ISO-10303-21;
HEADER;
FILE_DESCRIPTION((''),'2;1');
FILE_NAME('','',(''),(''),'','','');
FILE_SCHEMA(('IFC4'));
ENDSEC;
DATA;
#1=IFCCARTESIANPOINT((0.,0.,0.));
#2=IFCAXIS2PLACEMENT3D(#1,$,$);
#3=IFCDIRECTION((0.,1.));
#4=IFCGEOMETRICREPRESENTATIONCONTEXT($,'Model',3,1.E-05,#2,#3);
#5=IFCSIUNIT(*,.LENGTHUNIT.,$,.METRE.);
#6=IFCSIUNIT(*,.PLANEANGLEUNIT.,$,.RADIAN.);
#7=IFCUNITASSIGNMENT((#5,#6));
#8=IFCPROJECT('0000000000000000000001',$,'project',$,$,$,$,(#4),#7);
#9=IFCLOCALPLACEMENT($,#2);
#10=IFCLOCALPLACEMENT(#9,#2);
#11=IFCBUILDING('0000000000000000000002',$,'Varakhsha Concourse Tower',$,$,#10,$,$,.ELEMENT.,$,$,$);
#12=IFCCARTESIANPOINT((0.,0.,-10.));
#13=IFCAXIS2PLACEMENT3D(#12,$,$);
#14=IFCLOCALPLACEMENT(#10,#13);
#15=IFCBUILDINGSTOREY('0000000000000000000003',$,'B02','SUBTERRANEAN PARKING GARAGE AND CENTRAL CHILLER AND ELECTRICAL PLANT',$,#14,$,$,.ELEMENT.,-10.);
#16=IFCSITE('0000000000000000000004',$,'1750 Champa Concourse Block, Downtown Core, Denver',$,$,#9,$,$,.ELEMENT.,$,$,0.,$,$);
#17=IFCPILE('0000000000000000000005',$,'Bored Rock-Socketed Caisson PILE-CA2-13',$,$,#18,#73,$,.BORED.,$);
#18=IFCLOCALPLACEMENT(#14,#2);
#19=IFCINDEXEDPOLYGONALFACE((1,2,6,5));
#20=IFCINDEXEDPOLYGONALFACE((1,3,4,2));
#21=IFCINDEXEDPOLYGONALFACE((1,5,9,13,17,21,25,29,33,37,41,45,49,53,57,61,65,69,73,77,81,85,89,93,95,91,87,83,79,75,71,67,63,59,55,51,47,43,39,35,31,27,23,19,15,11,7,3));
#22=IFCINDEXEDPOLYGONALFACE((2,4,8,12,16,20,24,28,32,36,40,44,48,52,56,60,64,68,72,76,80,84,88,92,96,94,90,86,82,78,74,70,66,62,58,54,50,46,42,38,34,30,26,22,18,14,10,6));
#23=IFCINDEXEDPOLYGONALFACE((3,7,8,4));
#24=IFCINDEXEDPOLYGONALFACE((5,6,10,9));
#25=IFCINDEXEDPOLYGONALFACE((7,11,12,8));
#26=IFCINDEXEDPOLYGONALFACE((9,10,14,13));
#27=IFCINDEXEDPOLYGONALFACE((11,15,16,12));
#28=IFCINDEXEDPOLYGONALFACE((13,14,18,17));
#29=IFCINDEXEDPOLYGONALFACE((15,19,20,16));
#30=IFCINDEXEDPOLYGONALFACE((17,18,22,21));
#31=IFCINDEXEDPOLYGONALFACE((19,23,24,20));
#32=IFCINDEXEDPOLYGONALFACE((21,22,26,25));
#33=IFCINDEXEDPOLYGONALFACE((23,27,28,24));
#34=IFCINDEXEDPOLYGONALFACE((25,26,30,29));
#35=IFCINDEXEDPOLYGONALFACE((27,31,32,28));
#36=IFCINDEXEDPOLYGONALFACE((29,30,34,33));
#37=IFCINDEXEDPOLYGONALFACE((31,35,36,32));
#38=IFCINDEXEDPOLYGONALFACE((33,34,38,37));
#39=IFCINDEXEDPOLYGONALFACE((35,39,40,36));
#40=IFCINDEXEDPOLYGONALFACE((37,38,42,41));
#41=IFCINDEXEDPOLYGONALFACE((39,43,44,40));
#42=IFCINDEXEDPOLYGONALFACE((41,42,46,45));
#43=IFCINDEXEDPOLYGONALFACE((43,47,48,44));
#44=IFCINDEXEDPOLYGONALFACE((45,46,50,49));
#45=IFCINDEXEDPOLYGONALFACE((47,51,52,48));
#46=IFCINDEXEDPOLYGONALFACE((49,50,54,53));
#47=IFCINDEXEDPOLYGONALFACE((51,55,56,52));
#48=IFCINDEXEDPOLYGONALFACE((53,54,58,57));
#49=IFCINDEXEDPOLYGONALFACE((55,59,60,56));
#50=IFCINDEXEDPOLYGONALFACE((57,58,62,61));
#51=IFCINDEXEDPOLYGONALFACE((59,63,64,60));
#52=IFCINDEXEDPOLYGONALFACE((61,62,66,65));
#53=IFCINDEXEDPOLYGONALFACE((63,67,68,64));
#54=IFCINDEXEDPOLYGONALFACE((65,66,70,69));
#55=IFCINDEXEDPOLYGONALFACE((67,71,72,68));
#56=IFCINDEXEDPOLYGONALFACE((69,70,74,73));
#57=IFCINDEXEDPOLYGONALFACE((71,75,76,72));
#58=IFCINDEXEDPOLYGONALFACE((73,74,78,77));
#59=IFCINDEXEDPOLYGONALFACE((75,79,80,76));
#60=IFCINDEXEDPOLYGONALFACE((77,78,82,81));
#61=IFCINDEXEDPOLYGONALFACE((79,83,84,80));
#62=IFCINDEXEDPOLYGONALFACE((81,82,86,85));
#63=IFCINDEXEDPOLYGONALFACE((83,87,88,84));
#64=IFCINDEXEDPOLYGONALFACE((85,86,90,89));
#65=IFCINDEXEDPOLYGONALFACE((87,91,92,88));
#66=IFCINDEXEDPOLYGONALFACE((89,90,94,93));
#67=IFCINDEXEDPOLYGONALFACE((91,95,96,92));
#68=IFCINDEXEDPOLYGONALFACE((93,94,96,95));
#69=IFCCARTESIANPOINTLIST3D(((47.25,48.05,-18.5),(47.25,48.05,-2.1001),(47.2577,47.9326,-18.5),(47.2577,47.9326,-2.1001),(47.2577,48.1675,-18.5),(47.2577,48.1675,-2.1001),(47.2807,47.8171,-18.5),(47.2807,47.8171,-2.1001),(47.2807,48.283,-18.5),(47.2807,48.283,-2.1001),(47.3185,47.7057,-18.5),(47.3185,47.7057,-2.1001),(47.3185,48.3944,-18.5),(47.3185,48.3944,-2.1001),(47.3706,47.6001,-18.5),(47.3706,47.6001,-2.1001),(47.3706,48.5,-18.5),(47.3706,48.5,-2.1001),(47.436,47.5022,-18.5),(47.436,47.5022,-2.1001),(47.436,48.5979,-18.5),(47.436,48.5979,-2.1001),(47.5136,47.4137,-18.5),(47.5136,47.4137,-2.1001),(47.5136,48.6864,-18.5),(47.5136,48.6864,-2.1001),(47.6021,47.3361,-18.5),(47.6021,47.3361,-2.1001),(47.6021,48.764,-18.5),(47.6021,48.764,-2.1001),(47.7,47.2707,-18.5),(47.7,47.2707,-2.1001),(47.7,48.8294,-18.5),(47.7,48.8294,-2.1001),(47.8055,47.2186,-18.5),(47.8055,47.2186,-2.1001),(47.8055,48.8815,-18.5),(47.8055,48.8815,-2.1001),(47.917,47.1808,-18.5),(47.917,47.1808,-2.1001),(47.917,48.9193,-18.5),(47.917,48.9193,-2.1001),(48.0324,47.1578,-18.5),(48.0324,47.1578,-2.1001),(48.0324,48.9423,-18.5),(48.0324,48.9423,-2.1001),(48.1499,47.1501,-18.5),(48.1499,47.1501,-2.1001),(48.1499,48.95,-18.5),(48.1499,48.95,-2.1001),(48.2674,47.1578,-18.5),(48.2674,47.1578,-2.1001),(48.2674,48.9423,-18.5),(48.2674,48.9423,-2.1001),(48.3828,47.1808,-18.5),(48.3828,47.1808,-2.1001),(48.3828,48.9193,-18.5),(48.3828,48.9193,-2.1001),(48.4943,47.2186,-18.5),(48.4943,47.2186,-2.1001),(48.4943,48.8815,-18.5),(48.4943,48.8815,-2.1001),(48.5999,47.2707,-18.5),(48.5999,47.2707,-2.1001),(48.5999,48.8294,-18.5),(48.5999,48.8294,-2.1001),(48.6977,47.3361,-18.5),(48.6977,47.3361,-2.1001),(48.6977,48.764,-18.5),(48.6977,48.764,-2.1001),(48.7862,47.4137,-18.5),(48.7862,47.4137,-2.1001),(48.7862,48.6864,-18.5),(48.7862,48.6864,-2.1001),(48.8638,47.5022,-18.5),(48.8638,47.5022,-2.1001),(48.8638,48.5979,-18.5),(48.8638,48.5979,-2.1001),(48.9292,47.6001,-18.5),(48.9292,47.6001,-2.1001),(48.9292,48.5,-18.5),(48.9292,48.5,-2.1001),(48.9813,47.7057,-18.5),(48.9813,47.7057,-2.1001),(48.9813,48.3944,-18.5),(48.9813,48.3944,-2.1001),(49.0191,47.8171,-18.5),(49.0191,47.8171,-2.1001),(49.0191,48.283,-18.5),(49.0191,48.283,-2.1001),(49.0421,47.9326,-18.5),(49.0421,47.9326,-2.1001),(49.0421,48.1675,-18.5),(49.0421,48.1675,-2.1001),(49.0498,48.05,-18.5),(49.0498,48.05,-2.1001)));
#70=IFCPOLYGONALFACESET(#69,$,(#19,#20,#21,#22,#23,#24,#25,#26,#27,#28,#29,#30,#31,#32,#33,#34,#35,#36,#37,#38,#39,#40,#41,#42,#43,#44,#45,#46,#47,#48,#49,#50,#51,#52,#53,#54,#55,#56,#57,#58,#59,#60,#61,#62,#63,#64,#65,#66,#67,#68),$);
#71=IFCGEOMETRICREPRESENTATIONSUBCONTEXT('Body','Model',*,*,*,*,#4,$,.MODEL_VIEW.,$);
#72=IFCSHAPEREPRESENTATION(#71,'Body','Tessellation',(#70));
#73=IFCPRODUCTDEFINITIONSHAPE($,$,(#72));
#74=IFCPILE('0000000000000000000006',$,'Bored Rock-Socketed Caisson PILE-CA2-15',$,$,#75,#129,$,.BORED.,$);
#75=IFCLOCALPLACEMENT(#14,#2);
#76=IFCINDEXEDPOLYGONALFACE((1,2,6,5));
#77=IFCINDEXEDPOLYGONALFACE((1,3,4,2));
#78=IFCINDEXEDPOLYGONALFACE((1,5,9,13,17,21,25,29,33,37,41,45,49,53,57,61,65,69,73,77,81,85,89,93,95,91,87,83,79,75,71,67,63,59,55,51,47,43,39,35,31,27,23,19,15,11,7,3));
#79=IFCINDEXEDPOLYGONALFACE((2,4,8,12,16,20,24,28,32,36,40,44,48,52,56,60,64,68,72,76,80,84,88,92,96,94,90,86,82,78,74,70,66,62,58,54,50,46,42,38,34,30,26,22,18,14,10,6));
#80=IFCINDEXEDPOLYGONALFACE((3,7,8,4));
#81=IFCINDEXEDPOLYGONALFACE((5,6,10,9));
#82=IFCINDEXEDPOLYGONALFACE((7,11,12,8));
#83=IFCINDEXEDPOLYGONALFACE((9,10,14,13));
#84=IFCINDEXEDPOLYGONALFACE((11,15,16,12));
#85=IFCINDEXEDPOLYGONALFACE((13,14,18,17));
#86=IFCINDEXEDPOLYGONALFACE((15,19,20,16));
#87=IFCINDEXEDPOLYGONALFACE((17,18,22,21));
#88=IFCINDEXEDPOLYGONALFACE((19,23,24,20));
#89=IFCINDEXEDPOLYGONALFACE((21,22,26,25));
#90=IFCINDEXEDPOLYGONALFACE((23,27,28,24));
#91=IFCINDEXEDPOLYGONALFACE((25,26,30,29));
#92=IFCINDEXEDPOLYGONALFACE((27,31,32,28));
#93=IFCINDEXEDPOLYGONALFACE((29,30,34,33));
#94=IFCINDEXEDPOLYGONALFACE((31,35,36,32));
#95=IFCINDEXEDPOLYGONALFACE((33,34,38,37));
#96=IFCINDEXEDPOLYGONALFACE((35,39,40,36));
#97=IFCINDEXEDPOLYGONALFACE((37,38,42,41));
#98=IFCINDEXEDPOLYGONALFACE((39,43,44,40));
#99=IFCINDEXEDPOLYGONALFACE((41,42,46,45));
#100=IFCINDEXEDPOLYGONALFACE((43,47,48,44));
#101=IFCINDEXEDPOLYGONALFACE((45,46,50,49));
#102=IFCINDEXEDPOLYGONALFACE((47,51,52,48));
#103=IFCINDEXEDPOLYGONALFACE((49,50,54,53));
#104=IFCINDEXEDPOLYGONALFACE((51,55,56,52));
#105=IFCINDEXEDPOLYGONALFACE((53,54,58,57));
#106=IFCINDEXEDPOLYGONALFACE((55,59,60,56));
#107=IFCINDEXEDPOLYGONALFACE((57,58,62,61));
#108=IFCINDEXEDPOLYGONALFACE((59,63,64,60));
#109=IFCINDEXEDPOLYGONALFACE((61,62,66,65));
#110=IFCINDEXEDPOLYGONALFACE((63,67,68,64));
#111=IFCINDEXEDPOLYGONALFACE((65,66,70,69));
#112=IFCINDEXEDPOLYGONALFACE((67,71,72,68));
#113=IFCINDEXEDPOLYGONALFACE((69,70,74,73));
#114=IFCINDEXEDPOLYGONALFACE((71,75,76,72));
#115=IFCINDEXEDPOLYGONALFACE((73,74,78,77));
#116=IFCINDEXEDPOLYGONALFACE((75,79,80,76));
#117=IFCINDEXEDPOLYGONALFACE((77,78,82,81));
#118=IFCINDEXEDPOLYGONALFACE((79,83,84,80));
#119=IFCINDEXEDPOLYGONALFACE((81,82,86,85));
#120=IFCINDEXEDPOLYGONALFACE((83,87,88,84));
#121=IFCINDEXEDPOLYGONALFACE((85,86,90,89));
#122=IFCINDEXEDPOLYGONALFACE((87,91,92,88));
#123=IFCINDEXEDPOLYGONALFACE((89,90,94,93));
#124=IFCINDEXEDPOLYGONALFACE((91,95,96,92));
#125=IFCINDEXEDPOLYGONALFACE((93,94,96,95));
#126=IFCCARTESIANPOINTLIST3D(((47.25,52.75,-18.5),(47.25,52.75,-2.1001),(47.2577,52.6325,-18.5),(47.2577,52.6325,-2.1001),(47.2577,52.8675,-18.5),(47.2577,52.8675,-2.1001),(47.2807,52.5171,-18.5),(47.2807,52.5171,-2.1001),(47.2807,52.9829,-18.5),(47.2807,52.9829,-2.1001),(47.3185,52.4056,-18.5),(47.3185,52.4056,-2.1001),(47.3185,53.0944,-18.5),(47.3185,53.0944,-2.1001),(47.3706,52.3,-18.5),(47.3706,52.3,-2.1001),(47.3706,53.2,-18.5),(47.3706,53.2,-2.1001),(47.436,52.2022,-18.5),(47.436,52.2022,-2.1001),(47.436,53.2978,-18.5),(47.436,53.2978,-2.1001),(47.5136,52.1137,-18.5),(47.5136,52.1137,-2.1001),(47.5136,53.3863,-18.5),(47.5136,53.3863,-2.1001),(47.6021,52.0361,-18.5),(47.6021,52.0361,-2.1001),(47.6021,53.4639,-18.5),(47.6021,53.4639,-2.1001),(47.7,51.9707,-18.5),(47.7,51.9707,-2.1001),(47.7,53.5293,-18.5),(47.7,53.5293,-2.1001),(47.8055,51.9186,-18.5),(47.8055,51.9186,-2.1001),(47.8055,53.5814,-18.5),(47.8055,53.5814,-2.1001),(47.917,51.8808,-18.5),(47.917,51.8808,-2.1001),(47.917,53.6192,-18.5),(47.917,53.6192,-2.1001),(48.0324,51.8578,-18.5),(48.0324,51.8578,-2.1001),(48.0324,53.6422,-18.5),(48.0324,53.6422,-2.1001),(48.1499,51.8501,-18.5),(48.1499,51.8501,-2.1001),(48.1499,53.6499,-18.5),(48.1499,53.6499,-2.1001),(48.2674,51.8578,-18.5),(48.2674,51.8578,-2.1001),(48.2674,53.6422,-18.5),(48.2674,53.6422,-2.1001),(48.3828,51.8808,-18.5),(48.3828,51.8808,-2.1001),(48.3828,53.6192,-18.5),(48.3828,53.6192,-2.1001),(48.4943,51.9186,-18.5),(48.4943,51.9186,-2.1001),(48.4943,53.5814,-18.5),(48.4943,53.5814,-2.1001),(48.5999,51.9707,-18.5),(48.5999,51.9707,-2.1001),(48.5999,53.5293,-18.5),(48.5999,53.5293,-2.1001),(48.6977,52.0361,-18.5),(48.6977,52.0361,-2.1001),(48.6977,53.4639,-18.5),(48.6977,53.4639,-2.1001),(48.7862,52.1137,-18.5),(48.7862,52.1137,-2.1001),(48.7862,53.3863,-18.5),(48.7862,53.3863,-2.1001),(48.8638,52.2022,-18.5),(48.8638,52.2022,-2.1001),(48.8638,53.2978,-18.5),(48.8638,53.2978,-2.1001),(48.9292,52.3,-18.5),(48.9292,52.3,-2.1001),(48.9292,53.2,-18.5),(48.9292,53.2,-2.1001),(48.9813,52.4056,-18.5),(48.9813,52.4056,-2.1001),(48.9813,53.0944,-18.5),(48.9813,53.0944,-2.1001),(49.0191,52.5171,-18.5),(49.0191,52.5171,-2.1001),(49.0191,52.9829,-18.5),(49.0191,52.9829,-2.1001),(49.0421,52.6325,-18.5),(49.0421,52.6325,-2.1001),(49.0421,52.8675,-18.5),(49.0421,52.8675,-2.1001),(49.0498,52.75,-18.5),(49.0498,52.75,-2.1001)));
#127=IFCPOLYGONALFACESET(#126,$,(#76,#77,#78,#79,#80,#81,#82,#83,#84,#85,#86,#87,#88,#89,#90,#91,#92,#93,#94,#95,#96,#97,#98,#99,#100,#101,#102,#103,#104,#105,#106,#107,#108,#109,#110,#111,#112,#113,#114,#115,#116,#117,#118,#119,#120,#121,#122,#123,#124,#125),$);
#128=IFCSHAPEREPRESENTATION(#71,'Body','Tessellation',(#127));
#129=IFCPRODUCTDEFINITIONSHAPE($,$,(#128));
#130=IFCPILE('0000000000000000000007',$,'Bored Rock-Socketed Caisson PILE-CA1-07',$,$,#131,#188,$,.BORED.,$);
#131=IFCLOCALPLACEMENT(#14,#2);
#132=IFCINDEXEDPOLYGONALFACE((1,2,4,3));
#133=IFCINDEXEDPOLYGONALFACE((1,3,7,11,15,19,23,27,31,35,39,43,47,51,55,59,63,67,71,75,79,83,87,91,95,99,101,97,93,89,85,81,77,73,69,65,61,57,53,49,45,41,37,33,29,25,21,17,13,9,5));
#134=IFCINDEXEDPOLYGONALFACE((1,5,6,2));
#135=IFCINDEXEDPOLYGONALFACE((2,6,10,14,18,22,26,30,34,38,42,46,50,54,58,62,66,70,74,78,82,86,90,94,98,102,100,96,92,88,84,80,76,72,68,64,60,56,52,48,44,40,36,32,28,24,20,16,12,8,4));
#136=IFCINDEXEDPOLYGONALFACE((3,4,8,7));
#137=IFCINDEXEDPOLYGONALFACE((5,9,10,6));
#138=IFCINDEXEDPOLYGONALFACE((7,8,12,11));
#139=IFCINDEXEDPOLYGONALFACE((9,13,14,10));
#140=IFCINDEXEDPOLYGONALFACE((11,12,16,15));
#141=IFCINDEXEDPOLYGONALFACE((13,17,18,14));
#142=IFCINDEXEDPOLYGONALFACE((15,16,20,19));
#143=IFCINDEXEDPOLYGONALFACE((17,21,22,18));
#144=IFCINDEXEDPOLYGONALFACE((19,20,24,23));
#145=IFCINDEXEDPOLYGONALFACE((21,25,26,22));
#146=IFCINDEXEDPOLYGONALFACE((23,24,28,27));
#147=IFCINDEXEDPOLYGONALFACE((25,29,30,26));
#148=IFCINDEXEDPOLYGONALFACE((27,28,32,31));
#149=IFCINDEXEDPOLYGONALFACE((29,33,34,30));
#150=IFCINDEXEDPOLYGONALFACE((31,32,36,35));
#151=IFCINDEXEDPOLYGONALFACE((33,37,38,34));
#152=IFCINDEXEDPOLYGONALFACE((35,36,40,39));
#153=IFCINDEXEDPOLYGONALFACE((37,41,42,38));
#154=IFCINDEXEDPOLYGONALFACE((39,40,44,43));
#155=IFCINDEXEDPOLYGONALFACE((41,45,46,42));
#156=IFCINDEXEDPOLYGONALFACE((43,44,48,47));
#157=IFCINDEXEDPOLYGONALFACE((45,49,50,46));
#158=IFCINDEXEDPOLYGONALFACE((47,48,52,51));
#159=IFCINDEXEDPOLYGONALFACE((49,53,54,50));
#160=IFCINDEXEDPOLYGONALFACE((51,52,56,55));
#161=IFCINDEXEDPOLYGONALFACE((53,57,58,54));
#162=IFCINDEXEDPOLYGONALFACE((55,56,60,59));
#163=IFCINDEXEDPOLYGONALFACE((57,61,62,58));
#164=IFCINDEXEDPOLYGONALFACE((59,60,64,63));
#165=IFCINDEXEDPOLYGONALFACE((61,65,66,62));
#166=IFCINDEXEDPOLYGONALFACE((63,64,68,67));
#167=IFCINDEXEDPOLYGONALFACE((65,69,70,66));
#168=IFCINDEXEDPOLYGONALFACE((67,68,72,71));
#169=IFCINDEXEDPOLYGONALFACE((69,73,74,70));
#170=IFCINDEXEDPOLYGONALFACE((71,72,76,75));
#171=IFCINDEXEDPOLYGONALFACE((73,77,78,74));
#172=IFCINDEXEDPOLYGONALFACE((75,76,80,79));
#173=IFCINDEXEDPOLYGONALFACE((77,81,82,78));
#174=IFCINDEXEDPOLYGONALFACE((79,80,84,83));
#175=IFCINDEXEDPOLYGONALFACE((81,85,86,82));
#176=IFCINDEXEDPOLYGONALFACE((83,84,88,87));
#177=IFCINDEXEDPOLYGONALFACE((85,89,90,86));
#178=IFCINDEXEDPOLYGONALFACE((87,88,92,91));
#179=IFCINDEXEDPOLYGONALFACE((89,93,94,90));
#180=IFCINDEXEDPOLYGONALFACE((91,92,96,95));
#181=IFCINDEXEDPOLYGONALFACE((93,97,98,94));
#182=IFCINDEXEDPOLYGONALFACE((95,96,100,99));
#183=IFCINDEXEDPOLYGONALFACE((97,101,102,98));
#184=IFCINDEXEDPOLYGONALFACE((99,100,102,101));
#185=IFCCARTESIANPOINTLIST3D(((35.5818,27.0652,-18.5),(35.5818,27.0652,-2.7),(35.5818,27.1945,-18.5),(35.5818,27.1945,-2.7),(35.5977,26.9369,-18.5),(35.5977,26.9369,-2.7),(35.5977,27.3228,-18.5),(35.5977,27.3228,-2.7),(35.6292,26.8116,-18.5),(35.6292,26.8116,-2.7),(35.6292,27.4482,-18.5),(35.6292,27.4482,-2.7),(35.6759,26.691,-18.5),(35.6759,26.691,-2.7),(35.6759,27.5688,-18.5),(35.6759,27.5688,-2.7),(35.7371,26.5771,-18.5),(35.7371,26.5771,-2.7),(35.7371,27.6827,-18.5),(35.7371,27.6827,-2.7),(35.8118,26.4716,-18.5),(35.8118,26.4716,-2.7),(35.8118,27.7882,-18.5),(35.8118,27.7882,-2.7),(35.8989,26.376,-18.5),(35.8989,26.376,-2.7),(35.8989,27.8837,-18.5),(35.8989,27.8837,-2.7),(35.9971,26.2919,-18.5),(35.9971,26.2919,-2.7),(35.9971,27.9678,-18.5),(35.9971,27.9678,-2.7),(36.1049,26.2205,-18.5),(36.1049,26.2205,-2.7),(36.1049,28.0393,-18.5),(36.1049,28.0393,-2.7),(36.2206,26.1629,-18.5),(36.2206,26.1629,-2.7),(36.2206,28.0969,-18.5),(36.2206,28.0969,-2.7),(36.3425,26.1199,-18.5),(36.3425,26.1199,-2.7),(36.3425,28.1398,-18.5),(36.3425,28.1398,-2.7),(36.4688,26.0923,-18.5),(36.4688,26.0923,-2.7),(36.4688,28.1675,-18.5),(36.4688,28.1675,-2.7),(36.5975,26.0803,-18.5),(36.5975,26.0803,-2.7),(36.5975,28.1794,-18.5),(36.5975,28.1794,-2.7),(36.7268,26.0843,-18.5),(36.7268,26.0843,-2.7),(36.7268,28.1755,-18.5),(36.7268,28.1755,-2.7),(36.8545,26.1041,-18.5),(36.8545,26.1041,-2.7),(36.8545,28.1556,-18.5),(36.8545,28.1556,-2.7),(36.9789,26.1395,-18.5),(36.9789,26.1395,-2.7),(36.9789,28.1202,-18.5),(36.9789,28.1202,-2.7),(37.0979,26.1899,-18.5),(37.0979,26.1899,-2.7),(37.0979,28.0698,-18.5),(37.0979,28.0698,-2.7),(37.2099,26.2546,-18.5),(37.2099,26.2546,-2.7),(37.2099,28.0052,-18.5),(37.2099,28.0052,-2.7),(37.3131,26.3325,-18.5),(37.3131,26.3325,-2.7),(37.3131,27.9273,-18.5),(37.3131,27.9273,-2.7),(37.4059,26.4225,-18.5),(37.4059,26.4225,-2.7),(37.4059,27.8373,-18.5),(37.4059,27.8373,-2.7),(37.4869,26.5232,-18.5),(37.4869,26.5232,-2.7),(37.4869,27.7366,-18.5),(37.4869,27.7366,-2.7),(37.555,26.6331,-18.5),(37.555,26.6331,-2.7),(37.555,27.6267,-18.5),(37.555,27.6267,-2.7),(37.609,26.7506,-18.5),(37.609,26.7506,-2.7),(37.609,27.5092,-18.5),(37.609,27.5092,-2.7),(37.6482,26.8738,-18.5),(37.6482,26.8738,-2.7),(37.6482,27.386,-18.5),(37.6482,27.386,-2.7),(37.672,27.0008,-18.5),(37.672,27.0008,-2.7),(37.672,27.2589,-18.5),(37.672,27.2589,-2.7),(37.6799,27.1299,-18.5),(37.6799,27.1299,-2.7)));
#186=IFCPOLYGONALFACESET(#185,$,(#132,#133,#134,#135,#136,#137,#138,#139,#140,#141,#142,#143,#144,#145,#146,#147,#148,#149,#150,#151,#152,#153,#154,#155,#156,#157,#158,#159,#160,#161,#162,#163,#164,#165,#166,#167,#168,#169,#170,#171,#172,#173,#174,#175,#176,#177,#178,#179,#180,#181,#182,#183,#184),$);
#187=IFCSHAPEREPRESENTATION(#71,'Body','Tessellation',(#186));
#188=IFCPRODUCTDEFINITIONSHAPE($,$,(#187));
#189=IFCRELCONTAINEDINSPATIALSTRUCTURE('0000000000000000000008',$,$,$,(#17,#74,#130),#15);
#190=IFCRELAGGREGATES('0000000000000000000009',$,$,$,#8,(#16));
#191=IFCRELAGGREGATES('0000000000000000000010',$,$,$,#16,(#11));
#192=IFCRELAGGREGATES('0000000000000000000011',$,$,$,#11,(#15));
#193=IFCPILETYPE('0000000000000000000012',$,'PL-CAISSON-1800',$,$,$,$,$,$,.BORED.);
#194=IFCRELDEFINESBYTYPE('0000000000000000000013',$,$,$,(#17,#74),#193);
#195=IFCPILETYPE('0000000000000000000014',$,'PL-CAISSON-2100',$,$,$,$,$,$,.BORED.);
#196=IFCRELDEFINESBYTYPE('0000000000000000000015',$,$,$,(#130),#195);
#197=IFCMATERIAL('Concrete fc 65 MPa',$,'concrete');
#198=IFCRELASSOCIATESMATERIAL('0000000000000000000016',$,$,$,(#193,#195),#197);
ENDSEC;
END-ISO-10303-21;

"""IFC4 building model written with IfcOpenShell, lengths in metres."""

from ifc_helpers import new_model, si_unit, direction, frame, origin, origin_2d, place, context, subcontext, project, spatial, circle, extrude, material, material_profile, profile_set, type_object, element, save


model = new_model("IFC4")

# Units and contexts
model_context = context("Model", 3, precision=1e-05, world=origin(), true_north=direction((0.0, 1.0)))
body_context = subcontext(model_context, "Body", "Model", "MODEL_VIEW")
ifc_project = project(units=[si_unit("LENGTHUNIT", "METRE"), si_unit("PLANEANGLEUNIT", "RADIAN")], contexts=[model_context])

# Site, building, storey
site_placement = place(None, origin())
site = spatial("IfcSite", under=ifc_project, at=site_placement, Name="1750 Champa Concourse Block, Downtown Core, Denver", CompositionType="ELEMENT", RefElevation=0.0)
building_placement = place(site_placement, origin())
building = spatial("IfcBuilding", under=site, at=building_placement, Name="Varakhsha Concourse Tower", CompositionType="ELEMENT")
storey_placement = place(building_placement, frame((0.0, 0.0, -10.0)))
storey = spatial("IfcBuildingStorey", under=building, at=storey_placement, Name="B02", Description="SUBTERRANEAN PARKING GARAGE AND CENTRAL CHILLER AND ELECTRICAL PLANT", CompositionType="ELEMENT", Elevation=-10.0)

# Piles
ifc_material_1 = material(Name="Concrete fc 65 MPa", Category="concrete")
ifc_material_profile_1 = material_profile(ifc_material_1, circle(Radius=0.8999, at=origin_2d()), Name="CAISSON D1800")
ifc_profile_set_1 = profile_set([ifc_material_profile_1], Name="Concrete fc 65 MPa")
pile_type_1 = type_object("IfcPileType", Name="PL-CAISSON-1800", PredefinedType="BORED", material=ifc_profile_set_1)
for number, where, z_axis, x_axis, name in (
    (1, (48.1499, 48.05, -2.1001), (0.0, 0.0, -1.0), (1.0, 0.0, 0.0), "Bored Rock-Socketed Caisson PILE-CA2-13"),
    (2, (48.1499, 52.75, -2.1001), (0.0, 0.0, -1.0), (1.0, 0.0, 0.0), "Bored Rock-Socketed Caisson PILE-CA2-15"),
):
    element("IfcPile", number, at=place(storey_placement, frame(where, z_axis=z_axis, x_axis=x_axis)), inside=storey, type_object=pile_type_1, Name=name, PredefinedType="BORED", context=body_context, shape_type="SweptSolid", body=[
        extrude(circle(Radius=0.8999, at=origin_2d()), origin(), (0.0, 0.0, 1.0), 16.3999),
    ])
ifc_material_profile_2 = material_profile(ifc_material_1, circle(Radius=1.05, at=origin_2d()), Name="CAISSON D2100")
ifc_profile_set_2 = profile_set([ifc_material_profile_2], Name="Concrete fc 65 MPa")
pile_type_2 = type_object("IfcPileType", Name="PL-CAISSON-2100", PredefinedType="BORED", material=ifc_profile_set_2)
for number, where, z_axis, x_axis, name in (
    (3, (36.6299, 27.1299, -2.7), (0.0, 0.0, -1.0), (1.0, 0.0, 0.0), "Bored Rock-Socketed Caisson PILE-CA1-07"),
):
    element("IfcPile", number, at=place(storey_placement, frame(where, z_axis=z_axis, x_axis=x_axis)), inside=storey, type_object=pile_type_2, Name=name, PredefinedType="BORED", context=body_context, shape_type="SweptSolid", body=[
        extrude(circle(Radius=1.05, at=origin_2d()), origin(), (0.0, 0.0, 1.0), 15.8),
    ])

save(model, "model.ifc")
